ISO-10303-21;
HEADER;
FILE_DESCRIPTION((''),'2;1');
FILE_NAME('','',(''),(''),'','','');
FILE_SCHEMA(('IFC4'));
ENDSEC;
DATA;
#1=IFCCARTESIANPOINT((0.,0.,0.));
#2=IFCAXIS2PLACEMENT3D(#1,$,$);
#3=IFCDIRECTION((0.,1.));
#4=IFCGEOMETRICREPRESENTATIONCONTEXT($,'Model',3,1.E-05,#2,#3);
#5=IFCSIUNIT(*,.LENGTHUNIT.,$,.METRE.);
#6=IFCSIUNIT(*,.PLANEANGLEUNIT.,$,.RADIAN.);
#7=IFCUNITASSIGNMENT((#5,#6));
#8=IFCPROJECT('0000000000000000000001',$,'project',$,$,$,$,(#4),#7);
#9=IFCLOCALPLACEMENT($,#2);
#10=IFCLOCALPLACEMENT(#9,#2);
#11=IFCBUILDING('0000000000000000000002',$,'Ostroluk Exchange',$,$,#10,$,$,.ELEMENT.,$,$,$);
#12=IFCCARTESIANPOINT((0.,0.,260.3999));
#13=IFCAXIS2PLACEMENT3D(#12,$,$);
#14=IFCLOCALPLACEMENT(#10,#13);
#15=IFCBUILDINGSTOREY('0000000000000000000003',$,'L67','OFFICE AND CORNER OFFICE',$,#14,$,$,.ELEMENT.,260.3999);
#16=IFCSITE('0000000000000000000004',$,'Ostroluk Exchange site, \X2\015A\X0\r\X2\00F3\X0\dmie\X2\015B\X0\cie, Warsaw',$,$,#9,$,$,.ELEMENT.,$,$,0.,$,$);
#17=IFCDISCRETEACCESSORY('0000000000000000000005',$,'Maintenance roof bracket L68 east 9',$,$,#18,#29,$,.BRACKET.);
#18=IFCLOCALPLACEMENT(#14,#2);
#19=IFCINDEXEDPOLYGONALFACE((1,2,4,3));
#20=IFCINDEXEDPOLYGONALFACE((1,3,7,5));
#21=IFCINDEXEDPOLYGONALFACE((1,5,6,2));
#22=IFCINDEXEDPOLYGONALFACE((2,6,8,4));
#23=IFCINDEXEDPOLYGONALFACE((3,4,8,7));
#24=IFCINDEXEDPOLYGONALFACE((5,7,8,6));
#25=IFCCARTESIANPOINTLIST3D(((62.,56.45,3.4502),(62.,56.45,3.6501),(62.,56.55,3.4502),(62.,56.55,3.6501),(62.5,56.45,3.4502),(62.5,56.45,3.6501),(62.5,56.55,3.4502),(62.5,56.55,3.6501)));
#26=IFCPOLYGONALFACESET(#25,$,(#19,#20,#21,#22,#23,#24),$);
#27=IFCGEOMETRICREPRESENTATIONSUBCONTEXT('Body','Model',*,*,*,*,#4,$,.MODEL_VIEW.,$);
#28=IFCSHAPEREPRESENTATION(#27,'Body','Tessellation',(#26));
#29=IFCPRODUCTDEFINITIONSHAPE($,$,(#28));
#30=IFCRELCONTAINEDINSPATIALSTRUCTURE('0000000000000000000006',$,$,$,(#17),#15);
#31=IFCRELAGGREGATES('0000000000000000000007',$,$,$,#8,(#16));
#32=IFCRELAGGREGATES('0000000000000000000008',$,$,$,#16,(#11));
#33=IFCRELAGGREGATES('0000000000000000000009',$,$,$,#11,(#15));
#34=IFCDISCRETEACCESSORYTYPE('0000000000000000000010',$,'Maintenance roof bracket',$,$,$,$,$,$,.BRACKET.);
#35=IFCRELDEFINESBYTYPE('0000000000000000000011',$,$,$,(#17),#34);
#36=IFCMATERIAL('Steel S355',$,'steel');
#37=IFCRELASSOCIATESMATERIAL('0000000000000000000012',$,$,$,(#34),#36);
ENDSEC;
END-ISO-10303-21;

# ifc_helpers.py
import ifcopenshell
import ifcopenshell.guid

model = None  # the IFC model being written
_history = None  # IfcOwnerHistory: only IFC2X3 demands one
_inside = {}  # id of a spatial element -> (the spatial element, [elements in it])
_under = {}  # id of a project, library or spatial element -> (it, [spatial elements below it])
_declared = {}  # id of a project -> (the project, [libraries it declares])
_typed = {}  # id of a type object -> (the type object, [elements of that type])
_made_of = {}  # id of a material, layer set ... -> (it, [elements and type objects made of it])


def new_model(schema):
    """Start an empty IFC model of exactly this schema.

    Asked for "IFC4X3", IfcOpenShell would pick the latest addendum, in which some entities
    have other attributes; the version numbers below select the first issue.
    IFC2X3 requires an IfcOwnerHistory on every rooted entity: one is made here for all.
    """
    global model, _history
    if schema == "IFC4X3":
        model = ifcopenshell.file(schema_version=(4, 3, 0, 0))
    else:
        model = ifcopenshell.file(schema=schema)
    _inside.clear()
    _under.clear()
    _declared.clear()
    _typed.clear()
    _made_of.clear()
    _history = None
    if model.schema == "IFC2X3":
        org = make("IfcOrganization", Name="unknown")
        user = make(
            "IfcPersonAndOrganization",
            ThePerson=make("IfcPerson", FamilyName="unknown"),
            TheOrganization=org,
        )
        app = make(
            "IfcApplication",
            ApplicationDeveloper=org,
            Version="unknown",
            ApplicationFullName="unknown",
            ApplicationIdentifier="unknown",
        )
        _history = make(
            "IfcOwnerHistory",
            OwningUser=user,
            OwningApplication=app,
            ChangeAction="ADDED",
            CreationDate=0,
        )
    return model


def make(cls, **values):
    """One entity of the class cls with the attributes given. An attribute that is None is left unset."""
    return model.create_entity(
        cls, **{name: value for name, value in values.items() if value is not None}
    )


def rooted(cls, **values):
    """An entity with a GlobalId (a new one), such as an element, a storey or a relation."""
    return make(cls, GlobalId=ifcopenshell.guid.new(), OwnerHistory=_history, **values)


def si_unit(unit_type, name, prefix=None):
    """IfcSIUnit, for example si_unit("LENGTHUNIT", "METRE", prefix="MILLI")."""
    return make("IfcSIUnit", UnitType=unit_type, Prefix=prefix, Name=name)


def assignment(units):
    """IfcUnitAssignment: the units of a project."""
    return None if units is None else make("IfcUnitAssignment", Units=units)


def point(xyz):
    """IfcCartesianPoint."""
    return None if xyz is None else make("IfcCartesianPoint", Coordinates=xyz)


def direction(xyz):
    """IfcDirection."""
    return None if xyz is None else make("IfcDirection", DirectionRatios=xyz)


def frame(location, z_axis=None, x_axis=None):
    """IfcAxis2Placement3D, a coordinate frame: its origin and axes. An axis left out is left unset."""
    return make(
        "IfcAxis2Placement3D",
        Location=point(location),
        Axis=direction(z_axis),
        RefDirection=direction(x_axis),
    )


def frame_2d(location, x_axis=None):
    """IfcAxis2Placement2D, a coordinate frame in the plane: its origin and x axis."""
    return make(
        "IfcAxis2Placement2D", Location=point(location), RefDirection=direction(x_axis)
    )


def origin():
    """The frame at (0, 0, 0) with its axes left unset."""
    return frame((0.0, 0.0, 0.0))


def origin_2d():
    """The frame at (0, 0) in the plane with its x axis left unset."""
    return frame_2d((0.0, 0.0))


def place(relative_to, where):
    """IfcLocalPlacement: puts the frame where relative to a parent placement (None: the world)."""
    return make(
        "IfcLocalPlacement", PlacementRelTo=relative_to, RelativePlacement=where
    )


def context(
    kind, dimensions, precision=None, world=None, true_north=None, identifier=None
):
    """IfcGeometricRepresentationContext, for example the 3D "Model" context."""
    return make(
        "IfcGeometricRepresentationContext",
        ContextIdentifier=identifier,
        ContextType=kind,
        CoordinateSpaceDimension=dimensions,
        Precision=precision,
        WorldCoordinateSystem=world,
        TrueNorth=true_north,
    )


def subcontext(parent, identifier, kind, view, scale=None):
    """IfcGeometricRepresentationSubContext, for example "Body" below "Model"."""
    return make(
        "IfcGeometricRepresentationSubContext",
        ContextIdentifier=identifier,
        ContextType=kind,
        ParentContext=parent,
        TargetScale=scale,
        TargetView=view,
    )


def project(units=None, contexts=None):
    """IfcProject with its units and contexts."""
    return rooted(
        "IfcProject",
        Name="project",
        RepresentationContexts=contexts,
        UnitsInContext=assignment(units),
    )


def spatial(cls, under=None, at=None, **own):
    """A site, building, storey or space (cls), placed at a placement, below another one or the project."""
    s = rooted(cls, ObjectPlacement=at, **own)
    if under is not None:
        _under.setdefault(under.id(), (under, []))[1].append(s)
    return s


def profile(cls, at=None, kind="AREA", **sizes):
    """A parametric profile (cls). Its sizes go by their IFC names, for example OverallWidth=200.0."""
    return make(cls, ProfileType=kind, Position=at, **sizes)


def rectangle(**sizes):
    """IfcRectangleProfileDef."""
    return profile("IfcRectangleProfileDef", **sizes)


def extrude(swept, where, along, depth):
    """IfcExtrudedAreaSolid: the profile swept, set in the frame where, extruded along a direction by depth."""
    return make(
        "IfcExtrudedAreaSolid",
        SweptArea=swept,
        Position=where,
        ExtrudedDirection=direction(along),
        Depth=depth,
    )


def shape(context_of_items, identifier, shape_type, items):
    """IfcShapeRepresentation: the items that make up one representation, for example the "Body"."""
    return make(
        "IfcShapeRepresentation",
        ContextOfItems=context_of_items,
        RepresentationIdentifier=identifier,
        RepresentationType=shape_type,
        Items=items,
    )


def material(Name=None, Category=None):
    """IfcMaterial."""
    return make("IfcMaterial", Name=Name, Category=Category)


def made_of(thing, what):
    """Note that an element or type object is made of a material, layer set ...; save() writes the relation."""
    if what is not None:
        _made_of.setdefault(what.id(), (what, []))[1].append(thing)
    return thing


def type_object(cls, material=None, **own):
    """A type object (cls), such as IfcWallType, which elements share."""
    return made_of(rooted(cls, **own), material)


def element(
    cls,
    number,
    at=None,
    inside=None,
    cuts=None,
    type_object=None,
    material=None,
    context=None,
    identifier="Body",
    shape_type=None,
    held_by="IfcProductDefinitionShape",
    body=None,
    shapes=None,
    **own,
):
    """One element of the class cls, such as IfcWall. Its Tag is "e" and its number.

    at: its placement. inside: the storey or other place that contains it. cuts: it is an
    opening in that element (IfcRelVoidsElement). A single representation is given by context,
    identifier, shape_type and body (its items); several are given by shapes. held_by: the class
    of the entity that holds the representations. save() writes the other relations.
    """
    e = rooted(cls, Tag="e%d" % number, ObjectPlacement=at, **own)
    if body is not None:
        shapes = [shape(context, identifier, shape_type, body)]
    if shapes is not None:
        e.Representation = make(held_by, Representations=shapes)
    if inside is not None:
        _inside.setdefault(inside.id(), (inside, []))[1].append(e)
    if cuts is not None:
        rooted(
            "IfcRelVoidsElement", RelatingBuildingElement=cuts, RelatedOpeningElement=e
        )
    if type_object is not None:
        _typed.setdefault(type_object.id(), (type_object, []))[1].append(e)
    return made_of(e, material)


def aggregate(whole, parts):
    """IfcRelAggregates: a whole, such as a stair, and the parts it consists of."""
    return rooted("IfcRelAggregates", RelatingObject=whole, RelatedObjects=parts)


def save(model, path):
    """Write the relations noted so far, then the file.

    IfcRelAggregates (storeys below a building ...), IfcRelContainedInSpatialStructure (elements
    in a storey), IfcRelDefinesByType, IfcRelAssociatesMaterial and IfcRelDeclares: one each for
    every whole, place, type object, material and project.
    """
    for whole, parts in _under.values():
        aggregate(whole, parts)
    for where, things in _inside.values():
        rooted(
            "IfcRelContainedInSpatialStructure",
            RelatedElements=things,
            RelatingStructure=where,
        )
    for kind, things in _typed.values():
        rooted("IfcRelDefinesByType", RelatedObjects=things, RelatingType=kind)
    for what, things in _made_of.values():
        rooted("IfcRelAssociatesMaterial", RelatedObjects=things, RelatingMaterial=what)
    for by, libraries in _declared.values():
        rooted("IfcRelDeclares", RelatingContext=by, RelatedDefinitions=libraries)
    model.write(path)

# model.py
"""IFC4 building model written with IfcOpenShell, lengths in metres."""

from ifc_helpers import new_model, si_unit, direction, frame, origin, origin_2d, place, context, subcontext, project, spatial, rectangle, extrude, material, type_object, element, save


model = new_model("IFC4")

# Units and contexts
model_context = context("Model", 3, precision=1e-05, world=origin(), true_north=direction((0.0, 1.0)))
body_context = subcontext(model_context, "Body", "Model", "MODEL_VIEW")
ifc_project = project(units=[si_unit("LENGTHUNIT", "METRE"), si_unit("PLANEANGLEUNIT", "RADIAN")], contexts=[model_context])

# Site, building, storey
site_placement = place(None, origin())
site = spatial("IfcSite", under=ifc_project, at=site_placement, Name="Ostroluk Exchange site, Śródmieście, Warsaw", CompositionType="ELEMENT", RefElevation=0.0)
building_placement = place(site_placement, origin())
building = spatial("IfcBuilding", under=site, at=building_placement, Name="Ostroluk Exchange", CompositionType="ELEMENT")
storey_placement = place(building_placement, frame((0.0, 0.0, 260.3999)))
storey = spatial("IfcBuildingStorey", under=building, at=storey_placement, Name="L67", Description="OFFICE AND CORNER OFFICE", CompositionType="ELEMENT", Elevation=260.3999)

# Discrete accessory
ifc_material_1 = material(Name="Steel S355", Category="steel")
discrete_accessory_type = type_object("IfcDiscreteAccessoryType", Name="Maintenance roof bracket", PredefinedType="BRACKET", material=ifc_material_1)
for number, where, z_axis, x_axis, name in (
    (1, (62.25, 56.5, 3.4502), (0.0, 0.0, 1.0), (1.0, 0.0, 0.0), "Maintenance roof bracket L68 east 9"),
):
    element("IfcDiscreteAccessory", number, at=place(storey_placement, frame(where, z_axis=z_axis, x_axis=x_axis)), inside=storey, type_object=discrete_accessory_type, Name=name, PredefinedType="BRACKET", context=body_context, shape_type="SweptSolid", body=[
        extrude(rectangle(XDim=0.5, YDim=0.1001, at=origin_2d()), origin(), (0.0, 0.0, 1.0), 0.2),
    ])

save(model, "model.ifc")
